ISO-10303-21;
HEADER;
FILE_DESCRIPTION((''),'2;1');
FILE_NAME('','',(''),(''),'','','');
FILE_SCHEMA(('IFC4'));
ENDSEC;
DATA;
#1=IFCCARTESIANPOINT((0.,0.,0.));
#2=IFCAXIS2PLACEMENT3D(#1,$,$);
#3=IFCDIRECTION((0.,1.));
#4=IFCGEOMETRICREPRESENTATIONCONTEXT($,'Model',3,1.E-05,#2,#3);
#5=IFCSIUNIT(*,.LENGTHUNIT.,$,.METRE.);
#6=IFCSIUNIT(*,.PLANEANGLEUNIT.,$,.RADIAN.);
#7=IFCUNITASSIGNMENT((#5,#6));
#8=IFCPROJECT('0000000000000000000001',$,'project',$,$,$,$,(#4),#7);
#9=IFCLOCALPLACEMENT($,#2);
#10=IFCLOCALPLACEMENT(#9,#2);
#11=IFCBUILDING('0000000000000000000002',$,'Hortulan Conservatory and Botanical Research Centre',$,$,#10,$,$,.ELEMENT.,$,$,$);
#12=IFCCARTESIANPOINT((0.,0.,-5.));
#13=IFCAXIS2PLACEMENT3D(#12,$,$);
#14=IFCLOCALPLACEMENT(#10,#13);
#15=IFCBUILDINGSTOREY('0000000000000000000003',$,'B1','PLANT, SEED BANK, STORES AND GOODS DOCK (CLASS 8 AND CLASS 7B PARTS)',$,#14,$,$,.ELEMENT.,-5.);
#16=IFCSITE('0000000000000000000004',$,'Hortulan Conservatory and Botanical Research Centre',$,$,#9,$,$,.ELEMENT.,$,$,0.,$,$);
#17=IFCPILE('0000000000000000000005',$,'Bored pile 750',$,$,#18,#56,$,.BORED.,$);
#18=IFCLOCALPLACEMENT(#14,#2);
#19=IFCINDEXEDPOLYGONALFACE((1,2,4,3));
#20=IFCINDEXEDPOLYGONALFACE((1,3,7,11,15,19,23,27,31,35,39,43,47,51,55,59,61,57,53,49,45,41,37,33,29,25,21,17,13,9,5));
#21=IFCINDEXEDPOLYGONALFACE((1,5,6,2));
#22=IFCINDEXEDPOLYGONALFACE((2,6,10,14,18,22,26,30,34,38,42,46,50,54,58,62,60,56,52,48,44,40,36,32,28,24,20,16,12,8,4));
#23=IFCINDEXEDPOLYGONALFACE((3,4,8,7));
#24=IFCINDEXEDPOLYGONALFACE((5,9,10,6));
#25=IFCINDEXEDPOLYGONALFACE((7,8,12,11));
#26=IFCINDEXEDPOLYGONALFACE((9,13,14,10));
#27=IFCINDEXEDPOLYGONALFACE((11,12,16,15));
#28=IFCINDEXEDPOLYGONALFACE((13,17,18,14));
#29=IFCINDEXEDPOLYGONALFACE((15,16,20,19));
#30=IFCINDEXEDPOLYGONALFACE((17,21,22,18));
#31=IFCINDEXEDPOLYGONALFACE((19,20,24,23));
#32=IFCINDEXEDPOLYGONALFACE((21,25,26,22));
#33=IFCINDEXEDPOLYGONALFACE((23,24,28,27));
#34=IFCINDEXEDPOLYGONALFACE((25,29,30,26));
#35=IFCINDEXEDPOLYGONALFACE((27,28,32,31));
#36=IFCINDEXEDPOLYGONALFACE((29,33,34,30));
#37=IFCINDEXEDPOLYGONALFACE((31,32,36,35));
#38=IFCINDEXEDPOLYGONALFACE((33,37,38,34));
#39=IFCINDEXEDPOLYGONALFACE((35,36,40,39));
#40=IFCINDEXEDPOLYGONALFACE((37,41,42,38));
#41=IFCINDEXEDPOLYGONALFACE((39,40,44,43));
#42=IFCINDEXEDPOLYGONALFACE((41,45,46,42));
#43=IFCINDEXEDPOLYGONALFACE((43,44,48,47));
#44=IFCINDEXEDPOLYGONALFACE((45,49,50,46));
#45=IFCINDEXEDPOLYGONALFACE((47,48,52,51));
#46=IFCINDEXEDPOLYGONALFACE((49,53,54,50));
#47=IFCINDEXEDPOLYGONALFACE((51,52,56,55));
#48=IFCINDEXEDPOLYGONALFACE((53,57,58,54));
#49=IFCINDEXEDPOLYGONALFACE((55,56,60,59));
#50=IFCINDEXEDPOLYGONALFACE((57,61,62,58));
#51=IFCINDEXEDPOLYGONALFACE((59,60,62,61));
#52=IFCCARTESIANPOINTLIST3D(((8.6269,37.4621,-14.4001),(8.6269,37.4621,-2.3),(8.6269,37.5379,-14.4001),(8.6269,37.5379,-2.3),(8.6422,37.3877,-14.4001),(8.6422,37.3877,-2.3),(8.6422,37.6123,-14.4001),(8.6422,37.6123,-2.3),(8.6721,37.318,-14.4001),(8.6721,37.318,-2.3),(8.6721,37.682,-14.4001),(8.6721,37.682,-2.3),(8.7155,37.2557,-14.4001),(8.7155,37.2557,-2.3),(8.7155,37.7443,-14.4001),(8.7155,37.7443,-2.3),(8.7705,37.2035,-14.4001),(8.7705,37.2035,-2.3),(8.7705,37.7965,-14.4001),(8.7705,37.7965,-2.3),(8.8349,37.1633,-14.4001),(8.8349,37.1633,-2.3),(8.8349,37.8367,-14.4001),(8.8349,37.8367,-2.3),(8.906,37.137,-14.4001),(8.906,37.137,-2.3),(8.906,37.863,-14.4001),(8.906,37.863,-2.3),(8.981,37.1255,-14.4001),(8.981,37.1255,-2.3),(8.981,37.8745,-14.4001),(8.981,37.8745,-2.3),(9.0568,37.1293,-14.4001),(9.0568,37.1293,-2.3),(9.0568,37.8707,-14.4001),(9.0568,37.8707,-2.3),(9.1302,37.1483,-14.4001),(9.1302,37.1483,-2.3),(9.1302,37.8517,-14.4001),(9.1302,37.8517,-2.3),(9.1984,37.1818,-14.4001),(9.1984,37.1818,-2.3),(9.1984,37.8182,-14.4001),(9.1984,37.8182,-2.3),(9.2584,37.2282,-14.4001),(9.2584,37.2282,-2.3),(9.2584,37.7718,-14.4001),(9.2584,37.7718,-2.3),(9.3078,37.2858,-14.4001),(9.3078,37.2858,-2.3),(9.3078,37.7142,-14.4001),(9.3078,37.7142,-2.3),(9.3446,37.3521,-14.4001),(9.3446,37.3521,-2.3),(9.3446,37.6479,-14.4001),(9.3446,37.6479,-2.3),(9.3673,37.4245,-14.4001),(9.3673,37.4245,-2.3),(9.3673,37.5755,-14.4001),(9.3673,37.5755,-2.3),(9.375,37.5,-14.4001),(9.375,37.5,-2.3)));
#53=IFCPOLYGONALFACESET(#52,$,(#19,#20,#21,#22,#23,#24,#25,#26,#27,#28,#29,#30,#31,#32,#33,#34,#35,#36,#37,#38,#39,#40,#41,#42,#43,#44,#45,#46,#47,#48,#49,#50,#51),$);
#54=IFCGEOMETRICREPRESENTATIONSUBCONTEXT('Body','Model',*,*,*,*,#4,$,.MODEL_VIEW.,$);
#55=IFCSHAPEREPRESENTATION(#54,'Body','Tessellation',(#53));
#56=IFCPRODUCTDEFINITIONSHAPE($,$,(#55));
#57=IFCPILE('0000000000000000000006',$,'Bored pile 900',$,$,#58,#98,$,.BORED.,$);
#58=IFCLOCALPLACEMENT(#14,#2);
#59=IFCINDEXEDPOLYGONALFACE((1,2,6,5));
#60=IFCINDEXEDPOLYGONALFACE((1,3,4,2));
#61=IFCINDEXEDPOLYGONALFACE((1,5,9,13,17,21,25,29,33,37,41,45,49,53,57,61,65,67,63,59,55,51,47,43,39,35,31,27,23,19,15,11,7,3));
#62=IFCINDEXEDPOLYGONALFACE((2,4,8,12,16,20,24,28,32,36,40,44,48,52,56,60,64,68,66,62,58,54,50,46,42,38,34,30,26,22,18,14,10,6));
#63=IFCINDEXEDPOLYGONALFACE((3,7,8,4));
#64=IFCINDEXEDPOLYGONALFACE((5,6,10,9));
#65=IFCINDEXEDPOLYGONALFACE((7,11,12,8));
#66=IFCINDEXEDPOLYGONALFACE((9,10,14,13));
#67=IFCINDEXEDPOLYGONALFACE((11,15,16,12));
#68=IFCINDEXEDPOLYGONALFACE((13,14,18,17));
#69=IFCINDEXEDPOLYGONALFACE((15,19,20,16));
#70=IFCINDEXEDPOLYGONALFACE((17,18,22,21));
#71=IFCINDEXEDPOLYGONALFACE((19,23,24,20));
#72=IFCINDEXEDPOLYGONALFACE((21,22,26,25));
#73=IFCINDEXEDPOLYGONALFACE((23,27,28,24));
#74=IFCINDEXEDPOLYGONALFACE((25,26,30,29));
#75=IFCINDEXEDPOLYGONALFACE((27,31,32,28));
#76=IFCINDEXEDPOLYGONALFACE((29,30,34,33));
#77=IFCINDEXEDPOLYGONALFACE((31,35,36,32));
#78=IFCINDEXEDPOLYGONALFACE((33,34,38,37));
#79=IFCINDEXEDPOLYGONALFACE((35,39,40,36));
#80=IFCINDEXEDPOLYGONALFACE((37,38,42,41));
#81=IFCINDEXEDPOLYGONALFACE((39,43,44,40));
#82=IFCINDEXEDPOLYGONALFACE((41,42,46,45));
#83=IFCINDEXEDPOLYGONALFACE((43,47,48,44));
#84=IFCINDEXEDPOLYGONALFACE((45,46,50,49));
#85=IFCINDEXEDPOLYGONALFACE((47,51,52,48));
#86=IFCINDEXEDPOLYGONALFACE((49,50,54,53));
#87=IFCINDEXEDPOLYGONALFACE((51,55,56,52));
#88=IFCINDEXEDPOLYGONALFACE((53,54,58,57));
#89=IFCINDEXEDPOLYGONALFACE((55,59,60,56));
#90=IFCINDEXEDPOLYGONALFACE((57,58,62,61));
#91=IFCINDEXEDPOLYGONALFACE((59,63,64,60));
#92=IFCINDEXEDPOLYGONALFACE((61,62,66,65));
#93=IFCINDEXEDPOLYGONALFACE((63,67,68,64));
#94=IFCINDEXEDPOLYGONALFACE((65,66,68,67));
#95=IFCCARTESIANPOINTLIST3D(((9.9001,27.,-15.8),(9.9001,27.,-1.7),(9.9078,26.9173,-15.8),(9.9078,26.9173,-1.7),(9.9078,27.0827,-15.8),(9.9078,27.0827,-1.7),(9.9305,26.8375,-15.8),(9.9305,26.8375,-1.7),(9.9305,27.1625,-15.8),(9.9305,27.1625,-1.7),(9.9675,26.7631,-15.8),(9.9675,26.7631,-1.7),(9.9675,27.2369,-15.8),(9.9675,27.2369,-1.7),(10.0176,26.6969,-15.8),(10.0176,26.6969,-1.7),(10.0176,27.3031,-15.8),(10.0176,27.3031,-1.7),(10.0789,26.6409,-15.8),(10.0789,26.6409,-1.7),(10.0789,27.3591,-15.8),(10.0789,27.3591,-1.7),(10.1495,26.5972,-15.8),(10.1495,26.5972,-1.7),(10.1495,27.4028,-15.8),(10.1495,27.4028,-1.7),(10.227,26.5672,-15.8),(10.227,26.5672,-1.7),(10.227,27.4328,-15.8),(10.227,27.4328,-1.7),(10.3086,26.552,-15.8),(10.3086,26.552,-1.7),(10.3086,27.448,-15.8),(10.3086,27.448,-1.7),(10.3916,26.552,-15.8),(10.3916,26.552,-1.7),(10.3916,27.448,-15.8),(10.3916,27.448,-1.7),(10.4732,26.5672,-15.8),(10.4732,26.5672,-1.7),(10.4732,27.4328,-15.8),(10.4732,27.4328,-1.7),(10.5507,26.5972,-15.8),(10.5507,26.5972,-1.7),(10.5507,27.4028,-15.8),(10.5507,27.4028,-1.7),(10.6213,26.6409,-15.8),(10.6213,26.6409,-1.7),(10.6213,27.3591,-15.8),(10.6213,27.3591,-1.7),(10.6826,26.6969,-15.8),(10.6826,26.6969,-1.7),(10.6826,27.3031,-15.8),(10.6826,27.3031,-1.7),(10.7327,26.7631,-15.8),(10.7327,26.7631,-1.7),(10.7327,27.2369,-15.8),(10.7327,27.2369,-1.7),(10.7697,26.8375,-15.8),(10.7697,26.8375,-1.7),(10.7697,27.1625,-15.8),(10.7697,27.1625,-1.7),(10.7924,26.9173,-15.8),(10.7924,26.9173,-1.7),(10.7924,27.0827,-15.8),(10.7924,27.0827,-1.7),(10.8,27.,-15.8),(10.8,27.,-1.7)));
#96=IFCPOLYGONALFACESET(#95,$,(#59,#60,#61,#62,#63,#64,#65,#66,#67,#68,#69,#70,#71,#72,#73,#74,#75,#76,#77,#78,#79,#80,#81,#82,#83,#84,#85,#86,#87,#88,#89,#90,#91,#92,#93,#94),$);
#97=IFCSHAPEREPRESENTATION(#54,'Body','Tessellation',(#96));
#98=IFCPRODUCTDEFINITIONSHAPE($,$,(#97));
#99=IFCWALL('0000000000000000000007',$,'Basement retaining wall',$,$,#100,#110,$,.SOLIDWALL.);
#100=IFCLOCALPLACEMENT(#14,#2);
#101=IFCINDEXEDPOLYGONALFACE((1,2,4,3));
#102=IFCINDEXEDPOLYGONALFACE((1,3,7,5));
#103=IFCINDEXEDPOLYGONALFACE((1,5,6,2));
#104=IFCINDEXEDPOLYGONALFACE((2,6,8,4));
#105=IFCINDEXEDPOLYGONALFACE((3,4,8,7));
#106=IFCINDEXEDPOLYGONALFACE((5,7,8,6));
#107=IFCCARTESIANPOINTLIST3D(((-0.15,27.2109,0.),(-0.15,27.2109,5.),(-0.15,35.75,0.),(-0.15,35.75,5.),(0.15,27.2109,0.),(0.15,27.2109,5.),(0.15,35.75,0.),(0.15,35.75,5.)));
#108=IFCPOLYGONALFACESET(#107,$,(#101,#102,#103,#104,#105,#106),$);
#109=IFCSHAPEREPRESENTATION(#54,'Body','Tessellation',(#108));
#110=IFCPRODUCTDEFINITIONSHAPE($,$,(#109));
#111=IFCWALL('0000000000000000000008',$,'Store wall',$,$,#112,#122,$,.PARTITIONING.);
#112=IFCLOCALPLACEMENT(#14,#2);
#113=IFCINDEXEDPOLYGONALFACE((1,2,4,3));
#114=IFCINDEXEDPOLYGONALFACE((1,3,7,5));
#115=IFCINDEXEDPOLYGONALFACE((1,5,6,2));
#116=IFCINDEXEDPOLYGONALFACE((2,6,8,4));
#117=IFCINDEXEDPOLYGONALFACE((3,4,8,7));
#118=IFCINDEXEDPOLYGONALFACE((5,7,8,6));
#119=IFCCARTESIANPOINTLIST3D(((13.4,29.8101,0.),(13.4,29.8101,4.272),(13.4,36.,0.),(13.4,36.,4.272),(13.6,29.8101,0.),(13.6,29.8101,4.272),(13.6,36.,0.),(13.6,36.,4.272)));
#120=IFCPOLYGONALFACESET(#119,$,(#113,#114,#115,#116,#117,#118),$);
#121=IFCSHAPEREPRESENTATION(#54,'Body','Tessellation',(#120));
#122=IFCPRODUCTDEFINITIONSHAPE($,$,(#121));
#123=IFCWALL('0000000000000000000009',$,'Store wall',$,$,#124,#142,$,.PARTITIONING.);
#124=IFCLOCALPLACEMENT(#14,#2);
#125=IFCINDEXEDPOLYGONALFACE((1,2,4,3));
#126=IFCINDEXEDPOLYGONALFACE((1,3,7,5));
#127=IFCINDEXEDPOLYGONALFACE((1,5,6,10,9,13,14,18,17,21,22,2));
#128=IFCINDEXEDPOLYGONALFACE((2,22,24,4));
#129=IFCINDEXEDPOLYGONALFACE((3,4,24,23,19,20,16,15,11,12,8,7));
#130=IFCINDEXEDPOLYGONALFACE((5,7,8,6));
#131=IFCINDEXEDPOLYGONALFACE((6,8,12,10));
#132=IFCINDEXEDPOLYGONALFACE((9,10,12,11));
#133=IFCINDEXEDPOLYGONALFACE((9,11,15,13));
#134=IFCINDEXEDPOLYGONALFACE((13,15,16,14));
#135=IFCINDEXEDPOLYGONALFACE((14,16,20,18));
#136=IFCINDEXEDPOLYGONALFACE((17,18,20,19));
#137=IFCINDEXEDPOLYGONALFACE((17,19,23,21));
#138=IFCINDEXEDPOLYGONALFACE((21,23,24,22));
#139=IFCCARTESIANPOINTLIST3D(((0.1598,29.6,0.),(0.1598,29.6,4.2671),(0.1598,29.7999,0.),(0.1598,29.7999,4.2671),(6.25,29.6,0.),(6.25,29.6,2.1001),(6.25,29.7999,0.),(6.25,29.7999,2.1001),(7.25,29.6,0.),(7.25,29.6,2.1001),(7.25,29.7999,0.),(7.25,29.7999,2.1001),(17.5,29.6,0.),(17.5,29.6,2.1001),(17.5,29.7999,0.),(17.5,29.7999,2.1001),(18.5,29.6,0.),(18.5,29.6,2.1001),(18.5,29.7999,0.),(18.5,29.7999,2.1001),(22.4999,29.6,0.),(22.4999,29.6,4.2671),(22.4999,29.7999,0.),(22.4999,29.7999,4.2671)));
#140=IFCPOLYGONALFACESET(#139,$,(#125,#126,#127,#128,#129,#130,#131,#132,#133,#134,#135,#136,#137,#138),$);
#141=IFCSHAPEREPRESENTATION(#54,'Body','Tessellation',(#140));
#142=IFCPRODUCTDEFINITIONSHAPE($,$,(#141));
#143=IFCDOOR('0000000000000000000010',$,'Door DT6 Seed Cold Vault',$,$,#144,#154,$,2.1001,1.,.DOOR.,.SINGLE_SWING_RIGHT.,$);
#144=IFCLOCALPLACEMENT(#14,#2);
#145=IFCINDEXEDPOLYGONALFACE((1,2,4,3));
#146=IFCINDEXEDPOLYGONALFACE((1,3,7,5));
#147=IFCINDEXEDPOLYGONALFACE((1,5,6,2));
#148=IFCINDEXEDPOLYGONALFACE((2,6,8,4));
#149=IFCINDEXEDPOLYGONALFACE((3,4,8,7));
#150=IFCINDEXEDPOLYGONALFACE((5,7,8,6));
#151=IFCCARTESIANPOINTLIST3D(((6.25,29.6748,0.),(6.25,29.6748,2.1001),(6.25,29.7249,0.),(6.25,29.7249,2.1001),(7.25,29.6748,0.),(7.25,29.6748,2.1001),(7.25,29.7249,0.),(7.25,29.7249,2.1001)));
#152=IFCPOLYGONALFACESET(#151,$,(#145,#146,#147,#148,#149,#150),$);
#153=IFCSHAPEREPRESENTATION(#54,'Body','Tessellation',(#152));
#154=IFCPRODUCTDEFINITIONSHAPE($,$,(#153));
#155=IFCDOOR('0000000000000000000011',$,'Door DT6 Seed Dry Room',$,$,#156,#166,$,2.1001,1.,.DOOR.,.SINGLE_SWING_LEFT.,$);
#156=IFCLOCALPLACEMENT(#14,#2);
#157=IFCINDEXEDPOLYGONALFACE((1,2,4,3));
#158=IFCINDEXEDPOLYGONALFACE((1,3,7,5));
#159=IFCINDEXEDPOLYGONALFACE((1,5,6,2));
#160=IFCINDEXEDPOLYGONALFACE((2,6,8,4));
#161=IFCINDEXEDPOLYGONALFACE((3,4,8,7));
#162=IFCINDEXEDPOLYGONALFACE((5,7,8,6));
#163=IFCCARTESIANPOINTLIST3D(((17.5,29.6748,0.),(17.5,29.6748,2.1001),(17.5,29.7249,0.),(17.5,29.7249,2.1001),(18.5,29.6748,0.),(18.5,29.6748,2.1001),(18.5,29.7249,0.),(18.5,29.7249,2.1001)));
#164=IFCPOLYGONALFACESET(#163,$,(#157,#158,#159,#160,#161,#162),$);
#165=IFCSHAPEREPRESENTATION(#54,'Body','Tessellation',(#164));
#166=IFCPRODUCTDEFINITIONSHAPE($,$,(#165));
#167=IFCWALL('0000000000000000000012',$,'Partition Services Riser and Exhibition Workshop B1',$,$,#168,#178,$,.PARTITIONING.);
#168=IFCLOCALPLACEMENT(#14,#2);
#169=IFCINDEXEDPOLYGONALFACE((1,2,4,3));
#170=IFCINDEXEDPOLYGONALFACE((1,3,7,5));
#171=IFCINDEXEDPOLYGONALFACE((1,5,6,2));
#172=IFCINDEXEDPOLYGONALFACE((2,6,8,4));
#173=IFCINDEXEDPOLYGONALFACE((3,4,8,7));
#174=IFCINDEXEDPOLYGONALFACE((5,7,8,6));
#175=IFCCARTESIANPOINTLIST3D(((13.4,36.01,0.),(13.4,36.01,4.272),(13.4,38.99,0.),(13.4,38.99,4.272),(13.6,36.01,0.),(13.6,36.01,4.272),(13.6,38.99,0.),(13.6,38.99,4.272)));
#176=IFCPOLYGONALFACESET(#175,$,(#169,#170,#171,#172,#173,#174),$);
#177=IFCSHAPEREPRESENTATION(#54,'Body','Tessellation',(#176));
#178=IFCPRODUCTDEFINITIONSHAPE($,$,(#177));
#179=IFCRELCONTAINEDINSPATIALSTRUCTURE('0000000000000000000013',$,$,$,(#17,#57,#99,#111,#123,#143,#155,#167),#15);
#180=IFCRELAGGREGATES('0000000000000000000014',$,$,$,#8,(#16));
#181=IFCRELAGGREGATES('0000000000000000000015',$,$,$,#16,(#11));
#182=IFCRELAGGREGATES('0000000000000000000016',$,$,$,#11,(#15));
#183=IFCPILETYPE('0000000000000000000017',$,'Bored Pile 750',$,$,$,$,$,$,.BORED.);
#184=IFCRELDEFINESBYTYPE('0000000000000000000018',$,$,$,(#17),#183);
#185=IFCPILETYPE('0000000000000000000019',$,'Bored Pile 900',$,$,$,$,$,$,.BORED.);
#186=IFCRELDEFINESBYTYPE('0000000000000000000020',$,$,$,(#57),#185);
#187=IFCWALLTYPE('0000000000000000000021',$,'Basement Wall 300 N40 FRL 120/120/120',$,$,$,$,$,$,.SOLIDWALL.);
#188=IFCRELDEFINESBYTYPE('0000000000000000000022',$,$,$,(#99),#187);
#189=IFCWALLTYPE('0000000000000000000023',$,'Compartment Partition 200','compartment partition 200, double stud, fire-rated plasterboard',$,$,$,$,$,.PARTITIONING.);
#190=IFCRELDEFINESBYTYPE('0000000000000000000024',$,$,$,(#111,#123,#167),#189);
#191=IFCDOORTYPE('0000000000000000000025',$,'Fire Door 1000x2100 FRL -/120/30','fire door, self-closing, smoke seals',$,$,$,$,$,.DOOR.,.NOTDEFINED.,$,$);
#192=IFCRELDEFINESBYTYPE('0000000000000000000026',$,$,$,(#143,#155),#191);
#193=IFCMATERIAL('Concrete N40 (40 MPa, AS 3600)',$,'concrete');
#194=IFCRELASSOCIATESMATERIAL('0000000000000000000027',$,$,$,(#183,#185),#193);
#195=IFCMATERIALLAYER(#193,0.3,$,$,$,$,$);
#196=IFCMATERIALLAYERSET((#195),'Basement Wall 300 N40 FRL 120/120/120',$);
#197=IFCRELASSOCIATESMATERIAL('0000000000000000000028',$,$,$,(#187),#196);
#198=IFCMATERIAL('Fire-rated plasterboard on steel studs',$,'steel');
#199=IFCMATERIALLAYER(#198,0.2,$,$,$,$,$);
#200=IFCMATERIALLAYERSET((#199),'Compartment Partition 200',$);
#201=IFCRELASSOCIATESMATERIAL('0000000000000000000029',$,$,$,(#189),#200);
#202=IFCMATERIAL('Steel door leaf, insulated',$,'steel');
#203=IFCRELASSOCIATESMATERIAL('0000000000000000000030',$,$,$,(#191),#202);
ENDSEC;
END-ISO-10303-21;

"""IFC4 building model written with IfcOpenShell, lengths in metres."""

from ifc_helpers import new_model, si_unit, direction, frame, frame_2d, origin, origin_2d, place, context, subcontext, project, spatial, rectangle, circle, extrude, material, layer, layer_set, material_profile, profile_set, type_object, element, fill, save


model = new_model("IFC4")

# Units and contexts
model_context = context("Model", 3, precision=1e-05, world=origin(), true_north=direction((0.0, 1.0)))
body_context = subcontext(model_context, "Body", "Model", "MODEL_VIEW")
ifc_project = project(units=[si_unit("LENGTHUNIT", "METRE"), si_unit("PLANEANGLEUNIT", "RADIAN")], contexts=[model_context])

# Site, building, storey
site_placement = place(None, origin())
site = spatial("IfcSite", under=ifc_project, at=site_placement, Name="Hortulan Conservatory and Botanical Research Centre", CompositionType="ELEMENT", RefElevation=0.0)
building_placement = place(site_placement, origin())
building = spatial("IfcBuilding", under=site, at=building_placement, Name="Hortulan Conservatory and Botanical Research Centre", CompositionType="ELEMENT")
storey_placement = place(building_placement, frame((0.0, 0.0, -5.0)))
storey = spatial("IfcBuildingStorey", under=building, at=storey_placement, Name="B1", Description="PLANT, SEED BANK, STORES AND GOODS DOCK (CLASS 8 AND CLASS 7B PARTS)", CompositionType="ELEMENT", Elevation=-5.0)

# Piles
ifc_material_1 = material(Name="Concrete N40 (40 MPa, AS 3600)", Category="concrete")
ifc_material_profile_1 = material_profile(ifc_material_1, circle(Radius=0.375, at=origin_2d()), Name="Bored pile 750 diameter")
ifc_profile_set_1 = profile_set([ifc_material_profile_1], Name="Concrete N40 (40 MPa, AS 3600)")
pile_type_1 = type_object("IfcPileType", Name="Bored Pile 750", PredefinedType="BORED", material=ifc_profile_set_1)
for number, where, z_axis, x_axis, name in (
    (1, (9.0, 37.5, -2.3), (0.0, 0.0, -1.0), (1.0, 0.0, 0.0), "Bored pile 750"),
):
    element("IfcPile", number, at=place(storey_placement, frame(where, z_axis=z_axis, x_axis=x_axis)), inside=storey, type_object=pile_type_1, Name=name, PredefinedType="BORED", context=body_context, shape_type="SweptSolid", body=[
        extrude(circle(Radius=0.375, at=origin_2d()), origin(), (0.0, 0.0, 1.0), 12.1001),
    ])
ifc_material_profile_2 = material_profile(ifc_material_1, circle(Radius=0.45, at=origin_2d()), Name="Bored pile 900 diameter")
ifc_profile_set_2 = profile_set([ifc_material_profile_2], Name="Concrete N40 (40 MPa, AS 3600)")
pile_type_2 = type_object("IfcPileType", Name="Bored Pile 900", PredefinedType="BORED", material=ifc_profile_set_2)
pile_placement = place(storey_placement, frame((10.3501, 27.0, -1.7), z_axis=(0.0, 0.0, -1.0), x_axis=(1.0, 0.0, 0.0)))
element("IfcPile", 2, at=pile_placement, inside=storey, type_object=pile_type_2, Name="Bored pile 900", PredefinedType="BORED", context=body_context, shape_type="SweptSolid", body=[
    extrude(circle(Radius=0.45, at=origin_2d()), origin(), (0.0, 0.0, 1.0), 14.1001),
])

# Walls
ifc_layer_1 = layer(ifc_material_1, 0.3)
ifc_layer_set_1 = layer_set([ifc_layer_1], Name="Basement Wall 300 N40 FRL 120/120/120")
wall_type_1 = type_object("IfcWallType", Name="Basement Wall 300 N40 FRL 120/120/120", PredefinedType="SOLIDWALL", material=ifc_layer_set_1)
wall_1_placement = place(storey_placement, frame((0.0, 27.2109, 0.0), z_axis=(0.0, 0.0, 1.0), x_axis=(0.0, 1.0, 0.0)))
element("IfcWall", 3, at=wall_1_placement, inside=storey, type_object=wall_type_1, Name="Basement retaining wall", PredefinedType="SOLIDWALL", context=body_context, shape_type="SweptSolid", body=[
    extrude(rectangle(XDim=8.5391, YDim=0.3, at=frame_2d((4.2695, 0.0))), origin(), (0.0, 0.0, 1.0), 5.0),
])
ifc_material_2 = material(Name="Fire-rated plasterboard on steel studs", Category="steel")
ifc_layer_2 = layer(ifc_material_2, 0.2)
ifc_layer_set_2 = layer_set([ifc_layer_2], Name="Compartment Partition 200")
wall_type_2 = type_object("IfcWallType", Name="Compartment Partition 200", Description="compartment partition 200, double stud, fire-rated plasterboard", PredefinedType="PARTITIONING", material=ifc_layer_set_2)
wall_2_placement = place(storey_placement, frame((13.5, 29.8101, 0.0), z_axis=(0.0, 0.0, 1.0), x_axis=(0.0, 1.0, 0.0)))
element("IfcWall", 4, at=wall_2_placement, inside=storey, type_object=wall_type_2, Name="Store wall", PredefinedType="PARTITIONING", context=body_context, shape_type="SweptSolid", body=[
    extrude(rectangle(XDim=6.1899, YDim=0.2, at=frame_2d((3.095, 0.0))), origin(), (0.0, 0.0, 1.0), 4.272),
])

# Wall, openings, doors
wall_3_placement = place(storey_placement, frame((0.1599, 29.7, 0.0), z_axis=(0.0, 0.0, 1.0), x_axis=(1.0, 0.0, 0.0)))
wall_3 = element("IfcWall", 5, at=wall_3_placement, inside=storey, type_object=wall_type_2, Name="Store wall", PredefinedType="PARTITIONING", context=body_context, shape_type="SweptSolid", body=[
    extrude(rectangle(XDim=22.3401, YDim=0.2, at=frame_2d((11.1699, 0.0))), origin(), (0.0, 0.0, 1.0), 4.2671),
])
opening_1_placement = place(wall_3_placement, frame((6.0901, 0.0, 0.0)))
opening_1 = element("IfcOpeningElement", 6, at=opening_1_placement, cuts=wall_3, PredefinedType="OPENING", context=body_context, shape_type="SweptSolid", body=[
    extrude(rectangle(XDim=1.0, YDim=2.1001, at=frame_2d((0.5, 1.05))), frame((0.0, 0.1099, 0.0), z_axis=(0.0, -1.0, 0.0), x_axis=(1.0, 0.0, 0.0)), (0.0, 0.0, 1.0), 0.22),
])
opening_2_placement = place(wall_3_placement, frame((17.3401, 0.0, 0.0)))
opening_2 = element("IfcOpeningElement", 7, at=opening_2_placement, cuts=wall_3, PredefinedType="OPENING", context=body_context, shape_type="SweptSolid", body=[
    extrude(rectangle(XDim=1.0, YDim=2.1001, at=frame_2d((0.5, 1.05))), frame((0.0, 0.1099, 0.0), z_axis=(0.0, -1.0, 0.0), x_axis=(1.0, 0.0, 0.0)), (0.0, 0.0, 1.0), 0.22),
])
ifc_material_3 = material(Name="Steel door leaf, insulated", Category="steel")
door_type_1 = type_object("IfcDoorType", Name="Fire Door 1000x2100 FRL -/120/30", Description="fire door, self-closing, smoke seals", OperationType="NOTDEFINED", PredefinedType="DOOR", material=ifc_material_3)
door_1_placement = place(opening_1_placement, origin())
door_1 = element("IfcDoor", 8, at=door_1_placement, inside=storey, type_object=door_type_1, Name="Door DT6 Seed Cold Vault", OperationType="SINGLE_SWING_RIGHT", OverallHeight=2.1001, OverallWidth=1.0, PredefinedType="DOOR", context=body_context, shape_type="SweptSolid", body=[
    extrude(rectangle(XDim=1.0, YDim=2.1001, at=frame_2d((0.5, 1.05))), frame((0.0, 0.0249, 0.0), z_axis=(0.0, -1.0, 0.0), x_axis=(1.0, 0.0, 0.0)), (0.0, 0.0, 1.0), 0.05),
])
fill(opening_1, door_1)
door_2_placement = place(opening_2_placement, origin())
door_2 = element("IfcDoor", 9, at=door_2_placement, inside=storey, type_object=door_type_1, Name="Door DT6 Seed Dry Room", OperationType="SINGLE_SWING_LEFT", OverallHeight=2.1001, OverallWidth=1.0, PredefinedType="DOOR", context=body_context, shape_type="SweptSolid", body=[
    extrude(rectangle(XDim=1.0, YDim=2.1001, at=frame_2d((0.5, 1.05))), frame((0.0, 0.0249, 0.0), z_axis=(0.0, -1.0, 0.0), x_axis=(1.0, 0.0, 0.0)), (0.0, 0.0, 1.0), 0.05),
])
fill(opening_2, door_2)

# Wall
wall_4_placement = place(storey_placement, frame((13.5, 36.01, 0.0), z_axis=(0.0, 0.0, 1.0), x_axis=(0.0, 1.0, 0.0)))
element("IfcWall", 10, at=wall_4_placement, inside=storey, type_object=wall_type_2, Name="Partition Services Riser and Exhibition Workshop B1", PredefinedType="PARTITIONING", context=body_context, shape_type="SweptSolid", body=[
    extrude(rectangle(XDim=2.98, YDim=0.2, at=frame_2d((1.49, 0.0))), origin(), (0.0, 0.0, 1.0), 4.272),
])

save(model, "model.ifc")
